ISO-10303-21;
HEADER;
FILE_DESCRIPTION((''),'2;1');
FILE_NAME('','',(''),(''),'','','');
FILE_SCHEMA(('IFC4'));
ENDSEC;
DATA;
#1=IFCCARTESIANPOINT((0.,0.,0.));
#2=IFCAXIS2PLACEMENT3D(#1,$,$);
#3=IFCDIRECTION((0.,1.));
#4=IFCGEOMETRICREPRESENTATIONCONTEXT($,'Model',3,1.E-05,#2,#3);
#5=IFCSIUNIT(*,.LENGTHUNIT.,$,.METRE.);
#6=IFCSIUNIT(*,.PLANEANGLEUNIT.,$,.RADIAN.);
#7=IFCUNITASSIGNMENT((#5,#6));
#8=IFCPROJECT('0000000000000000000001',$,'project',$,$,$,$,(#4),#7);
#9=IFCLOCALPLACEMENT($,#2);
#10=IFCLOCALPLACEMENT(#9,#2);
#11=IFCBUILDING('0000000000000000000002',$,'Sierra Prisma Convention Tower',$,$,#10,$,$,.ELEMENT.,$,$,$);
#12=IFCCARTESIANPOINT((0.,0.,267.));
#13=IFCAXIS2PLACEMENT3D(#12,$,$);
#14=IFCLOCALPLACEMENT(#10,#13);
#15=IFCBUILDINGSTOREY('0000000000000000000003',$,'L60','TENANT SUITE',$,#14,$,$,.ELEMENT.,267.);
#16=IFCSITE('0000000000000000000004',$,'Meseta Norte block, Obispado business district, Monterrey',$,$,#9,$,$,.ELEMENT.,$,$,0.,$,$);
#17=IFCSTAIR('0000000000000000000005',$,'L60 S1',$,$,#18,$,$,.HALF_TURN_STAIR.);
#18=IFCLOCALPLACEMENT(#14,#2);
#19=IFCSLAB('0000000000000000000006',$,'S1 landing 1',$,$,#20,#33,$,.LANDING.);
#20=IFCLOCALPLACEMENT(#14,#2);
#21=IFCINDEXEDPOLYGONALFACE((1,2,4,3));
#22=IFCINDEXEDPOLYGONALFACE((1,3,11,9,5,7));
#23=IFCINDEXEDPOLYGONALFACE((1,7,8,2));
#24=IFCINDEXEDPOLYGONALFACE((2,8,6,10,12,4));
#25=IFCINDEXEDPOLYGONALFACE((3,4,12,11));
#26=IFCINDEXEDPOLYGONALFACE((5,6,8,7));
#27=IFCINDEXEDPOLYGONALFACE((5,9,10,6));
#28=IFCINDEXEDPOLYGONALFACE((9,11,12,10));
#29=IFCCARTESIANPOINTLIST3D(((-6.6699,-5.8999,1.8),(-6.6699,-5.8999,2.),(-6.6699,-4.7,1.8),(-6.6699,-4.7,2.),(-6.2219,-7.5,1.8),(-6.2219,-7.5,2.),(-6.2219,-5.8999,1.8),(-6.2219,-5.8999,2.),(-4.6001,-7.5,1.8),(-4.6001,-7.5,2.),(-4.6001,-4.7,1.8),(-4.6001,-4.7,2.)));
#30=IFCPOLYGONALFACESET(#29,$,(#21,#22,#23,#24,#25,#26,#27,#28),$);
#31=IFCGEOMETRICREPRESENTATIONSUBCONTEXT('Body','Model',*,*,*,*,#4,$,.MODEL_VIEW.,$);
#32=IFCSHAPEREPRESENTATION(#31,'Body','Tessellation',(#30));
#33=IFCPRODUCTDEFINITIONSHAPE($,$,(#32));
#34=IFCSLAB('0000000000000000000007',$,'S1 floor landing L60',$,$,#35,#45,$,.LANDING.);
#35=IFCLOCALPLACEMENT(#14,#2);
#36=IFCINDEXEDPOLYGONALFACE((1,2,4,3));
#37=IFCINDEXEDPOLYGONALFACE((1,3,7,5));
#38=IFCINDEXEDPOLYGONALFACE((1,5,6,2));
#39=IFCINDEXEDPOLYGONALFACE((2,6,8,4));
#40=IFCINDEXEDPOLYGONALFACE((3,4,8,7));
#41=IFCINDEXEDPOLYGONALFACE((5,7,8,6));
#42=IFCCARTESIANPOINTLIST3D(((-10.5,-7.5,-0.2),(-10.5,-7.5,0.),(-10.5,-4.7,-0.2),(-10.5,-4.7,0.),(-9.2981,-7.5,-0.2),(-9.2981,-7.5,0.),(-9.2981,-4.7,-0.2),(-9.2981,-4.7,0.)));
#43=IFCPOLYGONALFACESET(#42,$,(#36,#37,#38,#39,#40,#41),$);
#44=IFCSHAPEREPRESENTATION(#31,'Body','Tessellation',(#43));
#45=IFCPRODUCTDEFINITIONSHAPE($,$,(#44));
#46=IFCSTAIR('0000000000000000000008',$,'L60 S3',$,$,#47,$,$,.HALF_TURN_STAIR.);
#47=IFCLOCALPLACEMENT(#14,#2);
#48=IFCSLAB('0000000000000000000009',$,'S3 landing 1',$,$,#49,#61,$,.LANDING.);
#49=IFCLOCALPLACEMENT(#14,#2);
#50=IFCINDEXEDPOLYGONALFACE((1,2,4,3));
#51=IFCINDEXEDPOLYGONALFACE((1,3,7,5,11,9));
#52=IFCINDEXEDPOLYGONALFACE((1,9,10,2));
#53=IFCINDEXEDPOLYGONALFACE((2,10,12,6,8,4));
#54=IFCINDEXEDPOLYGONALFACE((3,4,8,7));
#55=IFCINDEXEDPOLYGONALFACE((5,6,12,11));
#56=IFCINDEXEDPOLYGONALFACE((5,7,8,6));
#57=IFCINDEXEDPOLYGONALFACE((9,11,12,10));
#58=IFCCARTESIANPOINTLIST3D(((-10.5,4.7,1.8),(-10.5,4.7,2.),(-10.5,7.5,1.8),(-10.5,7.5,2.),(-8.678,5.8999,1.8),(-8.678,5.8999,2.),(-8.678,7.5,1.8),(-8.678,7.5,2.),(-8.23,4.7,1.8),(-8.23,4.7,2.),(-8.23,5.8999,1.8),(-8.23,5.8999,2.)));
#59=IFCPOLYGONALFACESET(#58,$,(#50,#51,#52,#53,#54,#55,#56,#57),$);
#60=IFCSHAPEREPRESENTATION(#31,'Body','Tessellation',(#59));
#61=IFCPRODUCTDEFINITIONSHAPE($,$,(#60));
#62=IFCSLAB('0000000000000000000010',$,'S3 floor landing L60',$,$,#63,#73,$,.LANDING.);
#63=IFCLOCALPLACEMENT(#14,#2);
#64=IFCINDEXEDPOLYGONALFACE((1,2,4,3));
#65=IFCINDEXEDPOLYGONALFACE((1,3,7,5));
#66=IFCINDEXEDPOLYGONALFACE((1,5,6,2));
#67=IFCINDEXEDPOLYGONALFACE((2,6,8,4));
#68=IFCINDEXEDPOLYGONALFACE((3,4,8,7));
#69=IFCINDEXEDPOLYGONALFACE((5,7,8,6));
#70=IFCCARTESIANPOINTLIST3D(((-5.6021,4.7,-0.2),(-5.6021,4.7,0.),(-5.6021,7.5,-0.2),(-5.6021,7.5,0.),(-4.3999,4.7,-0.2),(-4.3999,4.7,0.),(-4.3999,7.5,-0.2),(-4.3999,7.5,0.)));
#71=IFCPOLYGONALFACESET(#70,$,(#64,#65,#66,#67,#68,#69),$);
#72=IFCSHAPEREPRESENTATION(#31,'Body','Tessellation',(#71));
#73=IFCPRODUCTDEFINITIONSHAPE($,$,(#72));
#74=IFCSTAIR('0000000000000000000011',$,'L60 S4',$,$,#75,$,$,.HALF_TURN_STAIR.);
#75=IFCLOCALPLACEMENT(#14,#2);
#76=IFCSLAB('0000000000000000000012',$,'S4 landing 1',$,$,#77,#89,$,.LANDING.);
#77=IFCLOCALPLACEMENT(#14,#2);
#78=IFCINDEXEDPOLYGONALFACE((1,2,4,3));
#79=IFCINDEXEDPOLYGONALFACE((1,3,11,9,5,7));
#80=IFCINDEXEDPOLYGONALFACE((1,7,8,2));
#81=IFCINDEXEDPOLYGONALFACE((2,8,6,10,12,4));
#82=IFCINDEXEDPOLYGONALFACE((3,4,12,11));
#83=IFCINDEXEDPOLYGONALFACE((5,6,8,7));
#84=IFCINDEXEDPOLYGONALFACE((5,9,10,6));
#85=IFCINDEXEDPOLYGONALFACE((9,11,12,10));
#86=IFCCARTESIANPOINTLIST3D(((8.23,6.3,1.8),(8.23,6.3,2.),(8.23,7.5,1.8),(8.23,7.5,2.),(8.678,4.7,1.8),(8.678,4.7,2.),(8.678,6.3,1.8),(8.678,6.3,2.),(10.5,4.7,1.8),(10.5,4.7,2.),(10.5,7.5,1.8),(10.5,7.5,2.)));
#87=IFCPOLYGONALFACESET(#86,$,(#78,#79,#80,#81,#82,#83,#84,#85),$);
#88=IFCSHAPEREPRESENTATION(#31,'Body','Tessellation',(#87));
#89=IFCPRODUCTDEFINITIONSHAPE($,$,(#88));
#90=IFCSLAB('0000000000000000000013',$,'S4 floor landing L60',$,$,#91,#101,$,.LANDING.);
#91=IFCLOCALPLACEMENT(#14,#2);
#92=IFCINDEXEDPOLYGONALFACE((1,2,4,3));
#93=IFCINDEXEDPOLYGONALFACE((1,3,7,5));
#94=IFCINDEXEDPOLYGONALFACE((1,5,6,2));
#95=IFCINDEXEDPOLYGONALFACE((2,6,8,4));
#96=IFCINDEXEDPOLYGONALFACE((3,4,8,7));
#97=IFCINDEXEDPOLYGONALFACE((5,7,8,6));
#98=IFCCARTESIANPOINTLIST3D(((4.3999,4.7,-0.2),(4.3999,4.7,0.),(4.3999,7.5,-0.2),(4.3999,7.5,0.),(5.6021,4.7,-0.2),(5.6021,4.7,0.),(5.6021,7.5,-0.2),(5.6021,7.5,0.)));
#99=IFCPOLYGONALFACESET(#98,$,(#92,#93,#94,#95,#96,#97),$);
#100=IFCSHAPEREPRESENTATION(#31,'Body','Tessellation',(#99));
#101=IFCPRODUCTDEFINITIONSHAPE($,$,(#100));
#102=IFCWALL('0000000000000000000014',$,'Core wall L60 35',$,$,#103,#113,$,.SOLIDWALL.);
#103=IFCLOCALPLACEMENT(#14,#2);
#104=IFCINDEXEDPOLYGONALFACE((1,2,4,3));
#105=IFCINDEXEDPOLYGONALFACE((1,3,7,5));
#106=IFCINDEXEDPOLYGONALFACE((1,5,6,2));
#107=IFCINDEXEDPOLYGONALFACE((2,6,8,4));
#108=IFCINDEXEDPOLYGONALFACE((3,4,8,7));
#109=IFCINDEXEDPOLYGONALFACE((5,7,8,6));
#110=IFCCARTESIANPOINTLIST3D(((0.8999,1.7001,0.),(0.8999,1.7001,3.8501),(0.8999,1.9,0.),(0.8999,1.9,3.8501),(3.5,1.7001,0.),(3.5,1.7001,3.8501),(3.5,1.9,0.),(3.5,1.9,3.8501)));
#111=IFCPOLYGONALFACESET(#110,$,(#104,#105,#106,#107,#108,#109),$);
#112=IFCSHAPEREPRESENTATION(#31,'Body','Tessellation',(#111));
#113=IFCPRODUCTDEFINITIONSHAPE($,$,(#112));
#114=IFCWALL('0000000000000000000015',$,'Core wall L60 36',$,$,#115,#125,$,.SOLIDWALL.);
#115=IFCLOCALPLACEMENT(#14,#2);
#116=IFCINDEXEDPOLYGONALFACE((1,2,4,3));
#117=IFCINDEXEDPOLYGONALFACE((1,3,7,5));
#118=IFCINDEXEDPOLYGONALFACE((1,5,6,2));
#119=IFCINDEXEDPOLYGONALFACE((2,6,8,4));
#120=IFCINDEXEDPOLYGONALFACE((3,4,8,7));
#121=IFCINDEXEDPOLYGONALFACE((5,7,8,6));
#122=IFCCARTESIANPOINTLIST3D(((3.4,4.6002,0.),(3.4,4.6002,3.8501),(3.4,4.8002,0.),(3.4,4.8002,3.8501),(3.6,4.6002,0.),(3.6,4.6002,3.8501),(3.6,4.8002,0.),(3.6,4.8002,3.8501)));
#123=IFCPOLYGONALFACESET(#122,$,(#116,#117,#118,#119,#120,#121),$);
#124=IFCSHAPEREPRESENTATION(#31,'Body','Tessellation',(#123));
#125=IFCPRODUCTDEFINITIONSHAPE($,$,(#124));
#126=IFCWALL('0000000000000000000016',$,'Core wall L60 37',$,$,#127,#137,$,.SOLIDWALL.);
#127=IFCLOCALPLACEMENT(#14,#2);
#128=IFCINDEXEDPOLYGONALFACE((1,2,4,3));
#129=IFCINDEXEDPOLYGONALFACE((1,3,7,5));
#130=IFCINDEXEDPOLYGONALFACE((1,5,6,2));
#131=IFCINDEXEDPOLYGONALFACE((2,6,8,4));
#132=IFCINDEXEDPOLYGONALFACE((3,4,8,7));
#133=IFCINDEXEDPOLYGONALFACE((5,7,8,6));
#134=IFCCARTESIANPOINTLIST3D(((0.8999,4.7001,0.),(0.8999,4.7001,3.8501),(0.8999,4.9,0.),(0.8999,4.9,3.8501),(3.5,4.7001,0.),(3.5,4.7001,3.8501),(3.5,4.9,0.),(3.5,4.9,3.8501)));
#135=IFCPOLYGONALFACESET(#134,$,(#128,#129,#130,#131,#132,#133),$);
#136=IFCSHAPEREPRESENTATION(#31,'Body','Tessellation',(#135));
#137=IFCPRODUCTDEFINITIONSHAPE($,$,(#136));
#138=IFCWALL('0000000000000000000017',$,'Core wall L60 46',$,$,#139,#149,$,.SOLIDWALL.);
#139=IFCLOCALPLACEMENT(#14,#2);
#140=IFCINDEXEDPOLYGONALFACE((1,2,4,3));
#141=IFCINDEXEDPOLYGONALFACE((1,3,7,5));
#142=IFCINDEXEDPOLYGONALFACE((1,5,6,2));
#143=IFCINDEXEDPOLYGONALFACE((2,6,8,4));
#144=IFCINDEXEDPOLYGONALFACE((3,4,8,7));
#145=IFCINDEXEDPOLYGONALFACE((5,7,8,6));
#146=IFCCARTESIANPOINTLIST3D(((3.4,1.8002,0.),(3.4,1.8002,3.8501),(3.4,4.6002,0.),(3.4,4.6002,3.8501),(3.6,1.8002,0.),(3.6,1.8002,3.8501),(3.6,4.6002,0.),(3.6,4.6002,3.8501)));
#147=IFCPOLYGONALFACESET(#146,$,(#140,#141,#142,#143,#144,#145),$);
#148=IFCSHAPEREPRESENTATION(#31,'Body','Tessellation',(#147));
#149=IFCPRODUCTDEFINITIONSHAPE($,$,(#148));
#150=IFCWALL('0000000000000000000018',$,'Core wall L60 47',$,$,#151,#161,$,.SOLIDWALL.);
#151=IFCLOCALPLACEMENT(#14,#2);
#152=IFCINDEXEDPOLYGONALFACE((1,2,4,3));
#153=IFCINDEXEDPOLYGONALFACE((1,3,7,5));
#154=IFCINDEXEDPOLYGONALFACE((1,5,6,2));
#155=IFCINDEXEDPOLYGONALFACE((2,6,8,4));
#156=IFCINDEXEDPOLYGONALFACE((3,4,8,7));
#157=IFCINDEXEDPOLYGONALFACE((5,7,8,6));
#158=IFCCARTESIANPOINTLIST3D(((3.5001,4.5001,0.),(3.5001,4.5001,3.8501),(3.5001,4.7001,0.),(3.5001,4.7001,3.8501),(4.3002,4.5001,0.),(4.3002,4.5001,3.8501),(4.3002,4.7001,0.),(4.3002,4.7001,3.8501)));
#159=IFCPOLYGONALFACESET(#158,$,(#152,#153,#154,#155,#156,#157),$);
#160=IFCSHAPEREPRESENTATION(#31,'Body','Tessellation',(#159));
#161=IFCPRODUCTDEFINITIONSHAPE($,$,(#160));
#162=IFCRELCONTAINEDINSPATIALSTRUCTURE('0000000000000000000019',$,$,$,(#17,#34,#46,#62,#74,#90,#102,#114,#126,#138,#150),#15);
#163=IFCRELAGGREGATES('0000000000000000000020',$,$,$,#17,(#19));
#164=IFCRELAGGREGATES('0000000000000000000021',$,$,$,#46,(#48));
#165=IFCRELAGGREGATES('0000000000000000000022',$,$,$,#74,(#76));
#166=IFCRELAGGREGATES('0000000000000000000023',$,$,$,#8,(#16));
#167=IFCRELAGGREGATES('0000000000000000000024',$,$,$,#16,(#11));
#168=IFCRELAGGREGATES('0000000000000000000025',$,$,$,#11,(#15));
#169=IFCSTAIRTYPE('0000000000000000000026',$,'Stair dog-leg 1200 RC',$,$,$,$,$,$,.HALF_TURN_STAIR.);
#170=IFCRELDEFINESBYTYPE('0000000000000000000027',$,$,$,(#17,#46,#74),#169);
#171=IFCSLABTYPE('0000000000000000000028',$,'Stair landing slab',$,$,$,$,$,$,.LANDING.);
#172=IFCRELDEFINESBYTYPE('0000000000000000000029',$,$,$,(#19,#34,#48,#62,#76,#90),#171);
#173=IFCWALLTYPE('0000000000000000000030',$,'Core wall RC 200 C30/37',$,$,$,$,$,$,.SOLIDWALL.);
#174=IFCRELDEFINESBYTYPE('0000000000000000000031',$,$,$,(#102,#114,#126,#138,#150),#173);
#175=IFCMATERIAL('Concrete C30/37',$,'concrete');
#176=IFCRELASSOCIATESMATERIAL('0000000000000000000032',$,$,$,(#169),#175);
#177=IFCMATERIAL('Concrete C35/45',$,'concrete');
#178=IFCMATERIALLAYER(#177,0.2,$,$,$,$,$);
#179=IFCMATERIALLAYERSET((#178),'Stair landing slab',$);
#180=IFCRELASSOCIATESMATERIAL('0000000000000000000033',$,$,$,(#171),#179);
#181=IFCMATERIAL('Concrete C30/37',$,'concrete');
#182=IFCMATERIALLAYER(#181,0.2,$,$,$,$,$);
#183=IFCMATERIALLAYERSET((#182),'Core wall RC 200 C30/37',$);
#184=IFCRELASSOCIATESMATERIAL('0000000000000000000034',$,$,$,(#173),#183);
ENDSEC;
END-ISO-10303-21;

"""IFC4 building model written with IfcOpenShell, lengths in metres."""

from ifc_helpers import new_model, si_unit, direction, frame, frame_2d, origin, place, context, subcontext, project, spatial, polyline, rectangle, outline, extrude, material, layer, layer_set, type_object, element, aggregate, save


model = new_model("IFC4")

# Units and contexts
model_context = context("Model", 3, precision=1e-05, world=origin(), true_north=direction((0.0, 1.0)))
body_context = subcontext(model_context, "Body", "Model", "MODEL_VIEW")
ifc_project = project(units=[si_unit("LENGTHUNIT", "METRE"), si_unit("PLANEANGLEUNIT", "RADIAN")], contexts=[model_context])

# Site, building, storey
site_placement = place(None, origin())
site = spatial("IfcSite", under=ifc_project, at=site_placement, Name="Meseta Norte block, Obispado business district, Monterrey", CompositionType="ELEMENT", RefElevation=0.0)
building_placement = place(site_placement, origin())
building = spatial("IfcBuilding", under=site, at=building_placement, Name="Sierra Prisma Convention Tower", CompositionType="ELEMENT")
storey_placement = place(building_placement, frame((0.0, 0.0, 267.0)))
storey = spatial("IfcBuildingStorey", under=building, at=storey_placement, Name="L60", Description="TENANT SUITE", CompositionType="ELEMENT", Elevation=267.0)

# Stair, slab
ifc_material_1 = material(Name="Concrete C30/37", Category="concrete")
stair_type = type_object("IfcStairType", Name="Stair dog-leg 1200 RC", PredefinedType="HALF_TURN_STAIR", material=ifc_material_1)
stair_1_placement = place(storey_placement, origin())
stair_1 = element("IfcStair", 1, at=stair_1_placement, inside=storey, type_object=stair_type, Name="L60 S1", PredefinedType="HALF_TURN_STAIR")
ifc_material_2 = material(Name="Concrete C35/45", Category="concrete")
ifc_layer_1 = layer(ifc_material_2, 0.2)
ifc_layer_set_1 = layer_set([ifc_layer_1], Name="Stair landing slab")
slab_type = type_object("IfcSlabType", Name="Stair landing slab", PredefinedType="LANDING", material=ifc_layer_set_1)
slab_1_placement = place(storey_placement, frame((0.0, 0.0, 1.8)))
slab_1 = element("IfcSlab", 2, at=slab_1_placement, type_object=slab_type, Name="S1 landing 1", PredefinedType="LANDING", context=body_context, shape_type="SweptSolid", body=[
    extrude(outline(polyline([(-4.6001, -4.7), (-4.6001, -7.5), (-6.2219, -7.5), (-6.2219, -5.8999), (-6.6699, -5.8999), (-6.6699, -4.7), (-4.6001, -4.7)])), origin(), (0.0, 0.0, 1.0), 0.2),
])
aggregate(stair_1, [slab_1])

# Slab
slab_2_placement = place(storey_placement, frame((0.0, 0.0, -0.2)))
element("IfcSlab", 3, at=slab_2_placement, inside=storey, type_object=slab_type, Name="S1 floor landing L60", PredefinedType="LANDING", context=body_context, shape_type="SweptSolid", body=[
    extrude(outline(polyline([(-10.5, -7.5), (-9.2981, -7.5), (-9.2981, -4.7), (-10.5, -4.7), (-10.5, -7.5)])), origin(), (0.0, 0.0, 1.0), 0.2),
])

# Stair, slab
stair_2_placement = place(storey_placement, origin())
stair_2 = element("IfcStair", 4, at=stair_2_placement, inside=storey, type_object=stair_type, Name="L60 S3", PredefinedType="HALF_TURN_STAIR")
slab_3_placement = place(storey_placement, frame((0.0, 0.0, 1.8)))
slab_3 = element("IfcSlab", 5, at=slab_3_placement, type_object=slab_type, Name="S3 landing 1", PredefinedType="LANDING", context=body_context, shape_type="SweptSolid", body=[
    extrude(outline(polyline([(-8.23, 5.8999), (-8.23, 4.7), (-10.5, 4.7), (-10.5, 7.5), (-8.678, 7.5), (-8.678, 5.8999), (-8.23, 5.8999)])), origin(), (0.0, 0.0, 1.0), 0.2),
])
aggregate(stair_2, [slab_3])

# Slab
slab_4_placement = place(storey_placement, frame((0.0, 0.0, -0.2)))
element("IfcSlab", 6, at=slab_4_placement, inside=storey, type_object=slab_type, Name="S3 floor landing L60", PredefinedType="LANDING", context=body_context, shape_type="SweptSolid", body=[
    extrude(outline(polyline([(-4.3999, 7.5), (-5.6021, 7.5), (-5.6021, 4.7), (-4.3999, 4.7), (-4.3999, 7.5)])), origin(), (0.0, 0.0, 1.0), 0.2),
])

# Stair, slab
stair_3_placement = place(storey_placement, origin())
stair_3 = element("IfcStair", 7, at=stair_3_placement, inside=storey, type_object=stair_type, Name="L60 S4", PredefinedType="HALF_TURN_STAIR")
slab_5_placement = place(storey_placement, frame((0.0, 0.0, 1.8)))
slab_5 = element("IfcSlab", 8, at=slab_5_placement, type_object=slab_type, Name="S4 landing 1", PredefinedType="LANDING", context=body_context, shape_type="SweptSolid", body=[
    extrude(outline(polyline([(10.5, 7.5), (10.5, 4.7), (8.678, 4.7), (8.678, 6.3), (8.23, 6.3), (8.23, 7.5), (10.5, 7.5)])), origin(), (0.0, 0.0, 1.0), 0.2),
])
aggregate(stair_3, [slab_5])

# Slab
slab_6_placement = place(storey_placement, frame((0.0, 0.0, -0.2)))
element("IfcSlab", 9, at=slab_6_placement, inside=storey, type_object=slab_type, Name="S4 floor landing L60", PredefinedType="LANDING", context=body_context, shape_type="SweptSolid", body=[
    extrude(outline(polyline([(4.3999, 4.7), (5.6021, 4.7), (5.6021, 7.5), (4.3999, 7.5), (4.3999, 4.7)])), origin(), (0.0, 0.0, 1.0), 0.2),
])

# Shared definitions
ifc_material_3 = material(Name="Concrete C30/37", Category="concrete")
ifc_layer_2 = layer(ifc_material_3, 0.2)
ifc_layer_set_2 = layer_set([ifc_layer_2], Name="Core wall RC 200 C30/37")
wall_type = type_object("IfcWallType", Name="Core wall RC 200 C30/37", PredefinedType="SOLIDWALL", material=ifc_layer_set_2)

# Walls
wall_1_placement = place(storey_placement, frame((3.5, 1.8, 0.0), z_axis=(0.0, 0.0, 1.0), x_axis=(-1.0, 0.0, 0.0)))
element("IfcWall", 10, at=wall_1_placement, inside=storey, type_object=wall_type, Name="Core wall L60 35", PredefinedType="SOLIDWALL", context=body_context, shape_type="SweptSolid", body=[
    extrude(rectangle(XDim=2.6001, YDim=0.2, at=frame_2d((1.3, 0.0))), origin(), (0.0, 0.0, 1.0), 3.8501),
])
wall_2_placement = place(storey_placement, frame((3.5, 4.6001, 0.0), z_axis=(0.0, 0.0, 1.0), x_axis=(0.0, 1.0, 0.0)))
element("IfcWall", 11, at=wall_2_placement, inside=storey, type_object=wall_type, Name="Core wall L60 36", PredefinedType="SOLIDWALL", context=body_context, shape_type="SweptSolid", body=[
    extrude(rectangle(XDim=0.2, YDim=0.2, at=frame_2d((0.1001, 0.0))), origin(), (0.0, 0.0, 1.0), 3.8501),
])
wall_3_placement = place(storey_placement, frame((3.5, 4.8, 0.0), z_axis=(0.0, 0.0, 1.0), x_axis=(-1.0, 0.0, 0.0)))
element("IfcWall", 12, at=wall_3_placement, inside=storey, type_object=wall_type, Name="Core wall L60 37", PredefinedType="SOLIDWALL", context=body_context, shape_type="SweptSolid", body=[
    extrude(rectangle(XDim=2.6001, YDim=0.2, at=frame_2d((1.3, 0.0))), origin(), (0.0, 0.0, 1.0), 3.8501),
])

# Walls
wall_4_placement = place(storey_placement, frame((3.5, 4.6001, 0.0), z_axis=(0.0, 0.0, 1.0), x_axis=(0.0, -1.0, 0.0)))
element("IfcWall", 13, at=wall_4_placement, inside=storey, type_object=wall_type, Name="Core wall L60 46", PredefinedType="SOLIDWALL", context=body_context, shape_type="SweptSolid", body=[
    extrude(rectangle(XDim=2.8, YDim=0.2, at=frame_2d((1.3999, 0.0))), origin(), (0.0, 0.0, 1.0), 3.8501),
])
wall_5_placement = place(storey_placement, frame((4.3, 4.6001, 0.0), z_axis=(0.0, 0.0, 1.0), x_axis=(-1.0, 0.0, 0.0)))
element("IfcWall", 14, at=wall_5_placement, inside=storey, type_object=wall_type, Name="Core wall L60 47", PredefinedType="SOLIDWALL", context=body_context, shape_type="SweptSolid", body=[
    extrude(rectangle(XDim=0.8, YDim=0.2, at=frame_2d((0.3999, 0.0))), origin(), (0.0, 0.0, 1.0), 3.8501),
])

save(model, "model.ifc")
